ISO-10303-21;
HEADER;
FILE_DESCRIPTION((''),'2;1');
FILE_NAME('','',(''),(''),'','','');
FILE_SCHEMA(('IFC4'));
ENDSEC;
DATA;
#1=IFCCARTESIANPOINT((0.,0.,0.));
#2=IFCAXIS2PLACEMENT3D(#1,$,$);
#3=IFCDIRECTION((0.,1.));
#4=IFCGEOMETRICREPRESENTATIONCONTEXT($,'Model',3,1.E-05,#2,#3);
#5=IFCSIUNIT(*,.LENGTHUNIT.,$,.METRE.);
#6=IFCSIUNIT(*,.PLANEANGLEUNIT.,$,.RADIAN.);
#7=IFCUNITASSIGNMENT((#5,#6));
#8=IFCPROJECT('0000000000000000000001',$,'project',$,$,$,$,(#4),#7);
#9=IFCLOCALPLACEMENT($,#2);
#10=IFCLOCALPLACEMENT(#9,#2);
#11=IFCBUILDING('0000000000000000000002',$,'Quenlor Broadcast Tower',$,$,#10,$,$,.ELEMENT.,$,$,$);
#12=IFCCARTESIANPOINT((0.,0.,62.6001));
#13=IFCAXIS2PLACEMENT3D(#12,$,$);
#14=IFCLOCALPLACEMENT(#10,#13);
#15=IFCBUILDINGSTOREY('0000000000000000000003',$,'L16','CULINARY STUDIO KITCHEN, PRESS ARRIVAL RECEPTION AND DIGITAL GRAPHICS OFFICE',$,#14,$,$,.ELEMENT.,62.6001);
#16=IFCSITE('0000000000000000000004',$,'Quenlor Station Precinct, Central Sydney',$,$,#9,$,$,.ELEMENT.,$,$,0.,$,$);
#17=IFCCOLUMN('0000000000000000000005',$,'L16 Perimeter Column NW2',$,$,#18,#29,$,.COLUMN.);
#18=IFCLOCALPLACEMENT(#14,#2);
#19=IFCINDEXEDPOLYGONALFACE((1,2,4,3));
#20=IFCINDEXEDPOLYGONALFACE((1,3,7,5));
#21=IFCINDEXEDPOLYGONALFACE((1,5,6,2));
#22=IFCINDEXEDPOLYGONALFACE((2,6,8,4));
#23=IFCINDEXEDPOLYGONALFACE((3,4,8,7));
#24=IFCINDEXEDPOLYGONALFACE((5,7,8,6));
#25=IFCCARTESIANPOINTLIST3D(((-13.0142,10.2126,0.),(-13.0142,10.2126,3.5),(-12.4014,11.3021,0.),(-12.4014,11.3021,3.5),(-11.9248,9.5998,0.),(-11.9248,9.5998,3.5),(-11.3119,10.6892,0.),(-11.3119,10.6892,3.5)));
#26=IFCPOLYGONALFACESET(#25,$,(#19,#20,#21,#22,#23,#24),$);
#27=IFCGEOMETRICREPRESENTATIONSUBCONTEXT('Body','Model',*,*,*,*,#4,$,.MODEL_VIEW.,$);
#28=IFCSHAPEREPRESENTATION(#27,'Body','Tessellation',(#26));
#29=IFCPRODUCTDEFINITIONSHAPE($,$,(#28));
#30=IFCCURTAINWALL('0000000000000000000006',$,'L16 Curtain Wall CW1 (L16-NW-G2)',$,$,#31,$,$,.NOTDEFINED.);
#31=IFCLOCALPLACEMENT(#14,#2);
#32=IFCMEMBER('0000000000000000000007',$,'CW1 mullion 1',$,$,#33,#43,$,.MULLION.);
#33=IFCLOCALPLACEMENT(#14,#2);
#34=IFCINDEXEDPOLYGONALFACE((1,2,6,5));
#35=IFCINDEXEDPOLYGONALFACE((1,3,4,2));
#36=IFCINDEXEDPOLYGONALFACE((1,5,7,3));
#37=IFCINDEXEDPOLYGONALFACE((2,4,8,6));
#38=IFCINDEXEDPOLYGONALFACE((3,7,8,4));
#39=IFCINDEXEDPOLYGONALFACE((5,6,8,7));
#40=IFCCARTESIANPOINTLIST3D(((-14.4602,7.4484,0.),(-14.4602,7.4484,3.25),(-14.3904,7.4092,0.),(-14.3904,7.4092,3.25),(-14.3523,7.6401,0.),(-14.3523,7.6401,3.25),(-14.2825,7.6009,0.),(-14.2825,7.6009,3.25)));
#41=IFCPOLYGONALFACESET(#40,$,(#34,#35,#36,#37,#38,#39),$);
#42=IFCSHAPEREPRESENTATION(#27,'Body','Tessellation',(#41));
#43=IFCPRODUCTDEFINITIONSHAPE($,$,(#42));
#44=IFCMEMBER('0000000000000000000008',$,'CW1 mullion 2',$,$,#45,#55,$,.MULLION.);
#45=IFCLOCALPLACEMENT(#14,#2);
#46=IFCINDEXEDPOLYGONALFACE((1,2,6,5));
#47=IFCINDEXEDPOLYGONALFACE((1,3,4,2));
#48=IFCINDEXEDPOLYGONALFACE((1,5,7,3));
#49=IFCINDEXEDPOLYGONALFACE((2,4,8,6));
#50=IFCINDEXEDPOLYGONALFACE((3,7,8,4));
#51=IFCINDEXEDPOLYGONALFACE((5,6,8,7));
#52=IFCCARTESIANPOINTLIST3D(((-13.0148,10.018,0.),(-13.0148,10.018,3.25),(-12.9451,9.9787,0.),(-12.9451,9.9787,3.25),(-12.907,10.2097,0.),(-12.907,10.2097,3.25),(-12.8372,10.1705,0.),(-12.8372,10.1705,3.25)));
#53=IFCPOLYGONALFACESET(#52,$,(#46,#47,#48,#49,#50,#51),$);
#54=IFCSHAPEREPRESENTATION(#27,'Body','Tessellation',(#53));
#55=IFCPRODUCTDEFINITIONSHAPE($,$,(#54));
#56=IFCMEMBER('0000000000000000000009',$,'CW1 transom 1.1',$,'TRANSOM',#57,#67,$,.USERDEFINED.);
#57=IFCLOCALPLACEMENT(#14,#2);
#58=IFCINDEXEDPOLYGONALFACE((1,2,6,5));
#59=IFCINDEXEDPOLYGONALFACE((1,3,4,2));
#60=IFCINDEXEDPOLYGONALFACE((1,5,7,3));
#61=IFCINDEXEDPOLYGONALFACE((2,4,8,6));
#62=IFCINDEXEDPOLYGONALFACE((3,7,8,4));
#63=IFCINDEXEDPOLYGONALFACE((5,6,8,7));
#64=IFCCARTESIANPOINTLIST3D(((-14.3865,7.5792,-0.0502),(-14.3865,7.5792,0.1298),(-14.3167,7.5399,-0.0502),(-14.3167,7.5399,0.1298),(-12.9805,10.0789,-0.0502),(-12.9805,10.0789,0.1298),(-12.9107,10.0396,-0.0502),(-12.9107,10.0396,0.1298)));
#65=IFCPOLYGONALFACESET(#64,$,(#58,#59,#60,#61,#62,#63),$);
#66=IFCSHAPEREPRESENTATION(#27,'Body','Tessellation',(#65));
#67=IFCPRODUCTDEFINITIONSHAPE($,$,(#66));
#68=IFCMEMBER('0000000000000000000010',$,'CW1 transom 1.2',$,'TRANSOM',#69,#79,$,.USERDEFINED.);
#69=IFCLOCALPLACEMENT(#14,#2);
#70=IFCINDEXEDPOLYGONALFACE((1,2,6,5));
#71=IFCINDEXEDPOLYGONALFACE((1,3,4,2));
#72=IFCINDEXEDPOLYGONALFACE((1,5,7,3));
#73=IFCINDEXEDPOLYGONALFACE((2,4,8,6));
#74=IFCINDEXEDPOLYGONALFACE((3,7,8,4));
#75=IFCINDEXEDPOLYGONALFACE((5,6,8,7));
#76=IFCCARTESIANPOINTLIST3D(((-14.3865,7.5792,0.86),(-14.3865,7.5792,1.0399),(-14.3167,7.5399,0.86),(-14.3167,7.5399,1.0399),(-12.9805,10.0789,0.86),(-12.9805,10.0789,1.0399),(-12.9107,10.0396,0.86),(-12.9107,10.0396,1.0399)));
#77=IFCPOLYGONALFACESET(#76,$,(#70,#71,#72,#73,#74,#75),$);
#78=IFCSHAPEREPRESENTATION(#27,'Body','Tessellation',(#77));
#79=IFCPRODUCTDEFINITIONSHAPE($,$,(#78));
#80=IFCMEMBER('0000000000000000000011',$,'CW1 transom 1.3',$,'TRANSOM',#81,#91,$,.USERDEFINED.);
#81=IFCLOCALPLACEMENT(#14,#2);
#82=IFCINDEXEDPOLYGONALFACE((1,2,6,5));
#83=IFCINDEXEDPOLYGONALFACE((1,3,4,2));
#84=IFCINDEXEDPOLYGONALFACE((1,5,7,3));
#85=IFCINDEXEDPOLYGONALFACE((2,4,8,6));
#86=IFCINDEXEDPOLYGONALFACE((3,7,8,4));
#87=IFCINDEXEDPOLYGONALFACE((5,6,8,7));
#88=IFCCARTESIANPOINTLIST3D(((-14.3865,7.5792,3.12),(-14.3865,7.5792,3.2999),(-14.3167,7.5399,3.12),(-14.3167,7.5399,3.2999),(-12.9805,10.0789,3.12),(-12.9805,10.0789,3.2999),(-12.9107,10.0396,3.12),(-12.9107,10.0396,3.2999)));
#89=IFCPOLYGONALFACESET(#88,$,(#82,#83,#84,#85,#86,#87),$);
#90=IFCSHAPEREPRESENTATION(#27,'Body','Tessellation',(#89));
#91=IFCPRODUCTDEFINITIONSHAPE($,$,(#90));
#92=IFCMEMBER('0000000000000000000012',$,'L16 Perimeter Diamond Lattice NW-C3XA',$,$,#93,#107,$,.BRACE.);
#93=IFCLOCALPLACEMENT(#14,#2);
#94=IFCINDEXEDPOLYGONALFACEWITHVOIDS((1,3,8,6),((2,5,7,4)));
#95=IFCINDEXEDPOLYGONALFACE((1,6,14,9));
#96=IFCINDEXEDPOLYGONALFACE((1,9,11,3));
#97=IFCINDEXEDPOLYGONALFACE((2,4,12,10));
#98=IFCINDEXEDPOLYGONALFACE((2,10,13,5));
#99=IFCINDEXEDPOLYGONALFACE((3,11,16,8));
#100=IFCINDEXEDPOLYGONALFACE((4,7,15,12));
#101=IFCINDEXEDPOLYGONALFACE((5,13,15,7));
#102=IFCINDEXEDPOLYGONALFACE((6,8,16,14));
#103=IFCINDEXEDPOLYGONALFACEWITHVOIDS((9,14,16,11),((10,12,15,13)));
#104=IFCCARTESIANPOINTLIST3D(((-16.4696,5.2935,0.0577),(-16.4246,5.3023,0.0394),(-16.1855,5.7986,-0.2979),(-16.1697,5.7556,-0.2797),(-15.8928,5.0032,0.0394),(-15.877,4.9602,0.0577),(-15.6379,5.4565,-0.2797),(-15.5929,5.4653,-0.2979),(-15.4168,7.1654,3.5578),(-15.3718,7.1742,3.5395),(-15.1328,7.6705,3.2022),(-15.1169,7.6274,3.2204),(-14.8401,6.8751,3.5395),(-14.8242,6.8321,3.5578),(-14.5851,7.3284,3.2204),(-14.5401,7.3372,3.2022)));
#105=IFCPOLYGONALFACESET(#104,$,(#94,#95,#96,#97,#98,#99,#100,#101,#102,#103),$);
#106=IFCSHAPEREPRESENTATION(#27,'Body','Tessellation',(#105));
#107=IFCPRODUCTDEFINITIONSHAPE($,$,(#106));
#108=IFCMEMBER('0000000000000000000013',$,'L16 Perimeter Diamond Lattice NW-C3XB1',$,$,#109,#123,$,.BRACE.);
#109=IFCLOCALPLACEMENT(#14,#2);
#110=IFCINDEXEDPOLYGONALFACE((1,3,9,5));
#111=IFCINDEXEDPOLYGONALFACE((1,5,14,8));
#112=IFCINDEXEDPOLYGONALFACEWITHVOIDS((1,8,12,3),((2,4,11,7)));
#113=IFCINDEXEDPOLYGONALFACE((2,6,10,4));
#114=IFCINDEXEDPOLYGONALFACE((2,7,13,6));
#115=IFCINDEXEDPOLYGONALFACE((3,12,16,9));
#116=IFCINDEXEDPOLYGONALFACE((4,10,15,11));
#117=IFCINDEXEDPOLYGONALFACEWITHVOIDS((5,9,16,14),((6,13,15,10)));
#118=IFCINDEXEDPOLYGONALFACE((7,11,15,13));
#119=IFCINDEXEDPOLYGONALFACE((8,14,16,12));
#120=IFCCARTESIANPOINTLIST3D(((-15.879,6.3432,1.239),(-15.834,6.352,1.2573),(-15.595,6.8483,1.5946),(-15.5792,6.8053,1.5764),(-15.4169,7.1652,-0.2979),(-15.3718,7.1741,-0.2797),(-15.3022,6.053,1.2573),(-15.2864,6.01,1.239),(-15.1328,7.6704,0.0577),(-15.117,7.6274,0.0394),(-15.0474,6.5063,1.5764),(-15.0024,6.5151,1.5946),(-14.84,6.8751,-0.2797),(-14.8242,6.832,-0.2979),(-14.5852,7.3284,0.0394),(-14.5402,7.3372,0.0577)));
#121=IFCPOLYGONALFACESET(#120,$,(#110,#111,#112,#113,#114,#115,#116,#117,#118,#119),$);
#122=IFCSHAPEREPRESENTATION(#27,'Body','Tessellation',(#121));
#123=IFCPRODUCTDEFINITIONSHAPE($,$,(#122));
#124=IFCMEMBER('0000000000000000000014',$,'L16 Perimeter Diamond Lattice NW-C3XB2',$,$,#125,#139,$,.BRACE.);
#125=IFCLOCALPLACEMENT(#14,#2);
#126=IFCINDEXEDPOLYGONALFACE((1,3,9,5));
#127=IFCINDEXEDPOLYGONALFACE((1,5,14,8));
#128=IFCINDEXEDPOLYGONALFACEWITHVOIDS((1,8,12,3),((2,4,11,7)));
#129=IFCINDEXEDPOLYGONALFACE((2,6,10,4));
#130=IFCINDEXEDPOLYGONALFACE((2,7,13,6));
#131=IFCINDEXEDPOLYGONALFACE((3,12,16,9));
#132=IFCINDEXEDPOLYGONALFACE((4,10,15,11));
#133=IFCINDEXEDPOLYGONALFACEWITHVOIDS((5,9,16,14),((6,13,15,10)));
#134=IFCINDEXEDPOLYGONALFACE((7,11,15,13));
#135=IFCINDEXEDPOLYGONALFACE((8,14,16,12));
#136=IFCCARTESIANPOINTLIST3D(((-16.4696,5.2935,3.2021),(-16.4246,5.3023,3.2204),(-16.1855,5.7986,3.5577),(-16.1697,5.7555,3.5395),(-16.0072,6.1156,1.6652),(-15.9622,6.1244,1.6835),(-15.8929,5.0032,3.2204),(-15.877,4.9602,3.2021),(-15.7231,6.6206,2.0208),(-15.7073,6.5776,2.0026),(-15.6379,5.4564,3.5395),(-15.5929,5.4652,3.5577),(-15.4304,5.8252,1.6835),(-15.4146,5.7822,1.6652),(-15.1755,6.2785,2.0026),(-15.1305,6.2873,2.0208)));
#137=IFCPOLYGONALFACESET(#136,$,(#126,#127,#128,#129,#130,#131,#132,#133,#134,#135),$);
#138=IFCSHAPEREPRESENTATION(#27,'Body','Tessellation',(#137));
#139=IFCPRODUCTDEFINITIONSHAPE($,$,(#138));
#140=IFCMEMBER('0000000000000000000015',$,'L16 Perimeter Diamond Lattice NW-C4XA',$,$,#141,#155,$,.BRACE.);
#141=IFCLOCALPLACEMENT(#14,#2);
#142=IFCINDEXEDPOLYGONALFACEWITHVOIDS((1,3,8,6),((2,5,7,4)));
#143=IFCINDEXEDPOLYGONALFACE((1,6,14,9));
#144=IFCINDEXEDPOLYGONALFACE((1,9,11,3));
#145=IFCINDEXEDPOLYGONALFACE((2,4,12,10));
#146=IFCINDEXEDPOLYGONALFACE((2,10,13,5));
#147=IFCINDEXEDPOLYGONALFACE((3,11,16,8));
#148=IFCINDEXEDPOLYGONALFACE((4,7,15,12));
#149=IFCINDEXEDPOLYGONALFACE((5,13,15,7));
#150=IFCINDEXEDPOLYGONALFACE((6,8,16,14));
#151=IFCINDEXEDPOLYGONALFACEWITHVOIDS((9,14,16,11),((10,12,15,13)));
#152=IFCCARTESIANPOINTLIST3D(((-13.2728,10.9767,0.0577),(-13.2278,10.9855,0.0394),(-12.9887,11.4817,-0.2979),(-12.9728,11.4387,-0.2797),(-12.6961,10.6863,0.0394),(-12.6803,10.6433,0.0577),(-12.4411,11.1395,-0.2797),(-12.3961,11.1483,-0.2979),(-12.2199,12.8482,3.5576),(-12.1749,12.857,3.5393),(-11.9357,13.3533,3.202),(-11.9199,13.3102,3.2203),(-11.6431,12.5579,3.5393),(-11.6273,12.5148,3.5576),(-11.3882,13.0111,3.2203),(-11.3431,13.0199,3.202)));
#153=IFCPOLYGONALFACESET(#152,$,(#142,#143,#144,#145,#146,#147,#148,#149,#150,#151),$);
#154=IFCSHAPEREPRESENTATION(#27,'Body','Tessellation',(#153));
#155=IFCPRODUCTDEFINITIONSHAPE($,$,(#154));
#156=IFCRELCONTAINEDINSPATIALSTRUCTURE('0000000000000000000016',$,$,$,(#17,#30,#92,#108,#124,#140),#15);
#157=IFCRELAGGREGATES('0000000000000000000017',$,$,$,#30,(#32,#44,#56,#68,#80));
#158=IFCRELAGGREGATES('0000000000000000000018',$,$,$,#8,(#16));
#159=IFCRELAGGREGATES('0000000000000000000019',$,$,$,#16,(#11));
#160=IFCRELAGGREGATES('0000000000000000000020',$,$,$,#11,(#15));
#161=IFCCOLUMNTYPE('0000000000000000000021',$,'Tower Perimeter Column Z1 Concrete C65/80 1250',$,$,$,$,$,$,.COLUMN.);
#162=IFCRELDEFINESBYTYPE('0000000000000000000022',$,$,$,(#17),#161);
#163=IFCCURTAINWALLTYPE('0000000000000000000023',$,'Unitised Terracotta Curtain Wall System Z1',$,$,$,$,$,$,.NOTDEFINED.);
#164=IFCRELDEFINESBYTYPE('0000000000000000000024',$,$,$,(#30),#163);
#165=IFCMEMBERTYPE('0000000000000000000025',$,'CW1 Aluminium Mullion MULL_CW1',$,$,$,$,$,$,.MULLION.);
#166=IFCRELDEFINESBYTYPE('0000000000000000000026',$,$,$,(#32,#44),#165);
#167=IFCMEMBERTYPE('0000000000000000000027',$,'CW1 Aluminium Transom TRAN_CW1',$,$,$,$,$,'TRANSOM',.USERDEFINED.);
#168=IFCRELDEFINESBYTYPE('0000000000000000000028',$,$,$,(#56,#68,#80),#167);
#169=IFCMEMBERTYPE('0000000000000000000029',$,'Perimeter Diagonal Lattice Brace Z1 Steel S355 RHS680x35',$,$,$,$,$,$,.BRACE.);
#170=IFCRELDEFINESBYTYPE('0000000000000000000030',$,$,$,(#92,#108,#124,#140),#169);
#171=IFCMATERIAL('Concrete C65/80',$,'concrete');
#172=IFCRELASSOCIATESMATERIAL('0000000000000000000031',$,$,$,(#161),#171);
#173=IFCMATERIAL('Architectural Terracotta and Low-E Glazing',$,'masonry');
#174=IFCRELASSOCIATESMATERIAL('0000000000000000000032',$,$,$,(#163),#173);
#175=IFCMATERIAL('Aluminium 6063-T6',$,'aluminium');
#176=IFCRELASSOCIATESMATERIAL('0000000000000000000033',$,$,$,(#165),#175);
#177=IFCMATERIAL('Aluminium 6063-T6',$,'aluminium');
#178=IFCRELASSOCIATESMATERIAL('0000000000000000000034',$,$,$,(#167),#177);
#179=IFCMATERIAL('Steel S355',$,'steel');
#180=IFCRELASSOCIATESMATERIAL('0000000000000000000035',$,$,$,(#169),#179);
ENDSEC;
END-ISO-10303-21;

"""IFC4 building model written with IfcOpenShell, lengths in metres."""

from ifc_helpers import new_model, si_unit, direction, frame, origin, origin_2d, place, context, subcontext, project, spatial, rectangle, hollow_rectangle, extrude, material, material_profile, profile_set, type_object, element, aggregate, save


model = new_model("IFC4")

# Units and contexts
model_context = context("Model", 3, precision=1e-05, world=origin(), true_north=direction((0.0, 1.0)))
body_context = subcontext(model_context, "Body", "Model", "MODEL_VIEW")
ifc_project = project(units=[si_unit("LENGTHUNIT", "METRE"), si_unit("PLANEANGLEUNIT", "RADIAN")], contexts=[model_context])

# Site, building, storey
site_placement = place(None, origin())
site = spatial("IfcSite", under=ifc_project, at=site_placement, Name="Quenlor Station Precinct, Central Sydney", CompositionType="ELEMENT", RefElevation=0.0)
building_placement = place(site_placement, origin())
building = spatial("IfcBuilding", under=site, at=building_placement, Name="Quenlor Broadcast Tower", CompositionType="ELEMENT")
storey_placement = place(building_placement, frame((0.0, 0.0, 62.6001)))
storey = spatial("IfcBuildingStorey", under=building, at=storey_placement, Name="L16", Description="CULINARY STUDIO KITCHEN, PRESS ARRIVAL RECEPTION AND DIGITAL GRAPHICS OFFICE", CompositionType="ELEMENT", Elevation=62.6001)

# Column
ifc_material_1 = material(Name="Concrete C65/80", Category="concrete")
ifc_material_profile_1 = material_profile(ifc_material_1, rectangle(XDim=1.25, YDim=1.25, at=origin_2d()))
ifc_profile_set_1 = profile_set([ifc_material_profile_1], Name="Concrete C65/80 RC1250x1250")
column_type = type_object("IfcColumnType", Name="Tower Perimeter Column Z1 Concrete C65/80 1250", PredefinedType="COLUMN", material=ifc_profile_set_1)
column_placement = place(storey_placement, frame((-12.1631, 10.4509, 0.0), z_axis=(0.0, 0.0, 1.0), x_axis=(-0.871575, 0.490262, 0.0)))
element("IfcColumn", 1, at=column_placement, inside=storey, type_object=column_type, Name="L16 Perimeter Column NW2", PredefinedType="COLUMN", context=body_context, shape_type="SweptSolid", body=[
    extrude(rectangle(XDim=1.25, YDim=1.25, at=origin_2d()), origin(), (0.0, 0.0, 1.0), 3.5),
])

# Curtain wall, members
ifc_material_2 = material(Name="Architectural Terracotta and Low-E Glazing", Category="masonry")
curtain_wall_type = type_object("IfcCurtainWallType", Name="Unitised Terracotta Curtain Wall System Z1", PredefinedType="NOTDEFINED", material=ifc_material_2)
curtain_wall_placement = place(storey_placement, origin())
curtain_wall = element("IfcCurtainWall", 2, at=curtain_wall_placement, inside=storey, type_object=curtain_wall_type, Name="L16 Curtain Wall CW1 (L16-NW-G2)", PredefinedType="NOTDEFINED")
ifc_material_3 = material(Name="Aluminium 6063-T6", Category="aluminium")
ifc_material_profile_2 = material_profile(ifc_material_3, rectangle(XDim=0.0801, YDim=0.22, at=origin_2d()))
ifc_profile_set_2 = profile_set([ifc_material_profile_2], Name="Aluminium 6063-T6 MULL80x220")
member_type_1 = type_object("IfcMemberType", Name="CW1 Aluminium Mullion MULL_CW1", PredefinedType="MULLION", material=ifc_profile_set_2)
member_1_placement = place(storey_placement, frame((-14.3713, 7.5247, 0.0), z_axis=(0.0, 0.0, 1.0), x_axis=(-0.871568, 0.490274, 0.0)))
member_1 = element("IfcMember", 3, at=member_1_placement, type_object=member_type_1, Name="CW1 mullion 1", PredefinedType="MULLION", context=body_context, shape_type="SweptSolid", body=[
    extrude(rectangle(XDim=0.0801, YDim=0.22, at=origin_2d()), origin(), (0.0, 0.0, 1.0), 3.25),
])
member_2_placement = place(storey_placement, frame((-12.926, 10.0942, 0.0), z_axis=(0.0, 0.0, 1.0), x_axis=(-0.871568, 0.490274, 0.0)))
member_2 = element("IfcMember", 4, at=member_2_placement, type_object=member_type_1, Name="CW1 mullion 2", PredefinedType="MULLION", context=body_context, shape_type="SweptSolid", body=[
    extrude(rectangle(XDim=0.0801, YDim=0.22, at=origin_2d()), origin(), (0.0, 0.0, 1.0), 3.25),
])
ifc_material_4 = material(Name="Aluminium 6063-T6", Category="aluminium")
ifc_material_profile_3 = material_profile(ifc_material_4, rectangle(XDim=0.0801, YDim=0.1799, at=origin_2d()))
ifc_profile_set_3 = profile_set([ifc_material_profile_3], Name="Aluminium 6063-T6 TRAN80x180")
member_type_2 = type_object("IfcMemberType", Name="CW1 Aluminium Transom TRAN_CW1", ElementType="TRANSOM", PredefinedType="USERDEFINED", material=ifc_profile_set_3)
member_3_placement = place(storey_placement, frame((-14.3516, 7.5596, 0.0398), z_axis=(0.490233, 0.871591, 0.0), x_axis=(-0.871591, 0.490233, 0.0)))
member_3 = element("IfcMember", 5, at=member_3_placement, type_object=member_type_2, Name="CW1 transom 1.1", ObjectType="TRANSOM", PredefinedType="USERDEFINED", context=body_context, shape_type="SweptSolid", body=[
    extrude(rectangle(XDim=0.0801, YDim=0.1799, at=origin_2d()), origin(), (0.0, 0.0, 1.0), 2.8679),
])
member_4_placement = place(storey_placement, frame((-14.3516, 7.5596, 0.95), z_axis=(0.490233, 0.871591, 0.0), x_axis=(-0.871591, 0.490233, 0.0)))
member_4 = element("IfcMember", 6, at=member_4_placement, type_object=member_type_2, Name="CW1 transom 1.2", ObjectType="TRANSOM", PredefinedType="USERDEFINED", context=body_context, shape_type="SweptSolid", body=[
    extrude(rectangle(XDim=0.0801, YDim=0.1799, at=origin_2d()), origin(), (0.0, 0.0, 1.0), 2.8679),
])
member_5_placement = place(storey_placement, frame((-14.3516, 7.5596, 3.21), z_axis=(0.490233, 0.871591, 0.0), x_axis=(-0.871591, 0.490233, 0.0)))
member_5 = element("IfcMember", 7, at=member_5_placement, type_object=member_type_2, Name="CW1 transom 1.3", ObjectType="TRANSOM", PredefinedType="USERDEFINED", context=body_context, shape_type="SweptSolid", body=[
    extrude(rectangle(XDim=0.0801, YDim=0.1799, at=origin_2d()), origin(), (0.0, 0.0, 1.0), 2.8679),
])

# Members
ifc_material_5 = material(Name="Steel S355", Category="steel")
ifc_material_profile_4 = material_profile(ifc_material_5, hollow_rectangle(XDim=0.6799, YDim=0.6799, WallThickness=0.0349, at=origin_2d()))
ifc_profile_set_4 = profile_set([ifc_material_profile_4], Name="Steel S355 RHS680x680x35")
member_type_3 = type_object("IfcMemberType", Name="Perimeter Diagonal Lattice Brace Z1 Steel S355 RHS680x35", PredefinedType="BRACE", material=ifc_profile_set_4)
member_6_placement = place(storey_placement, frame((-16.0312, 5.3794, -0.1201), z_axis=(0.256368, 0.455839, 0.852342), x_axis=(-0.871609, 0.490202, 0.0)))
element("IfcMember", 8, at=member_6_placement, inside=storey, type_object=member_type_3, Name="L16 Perimeter Diamond Lattice NW-C3XA", PredefinedType="BRACE", context=body_context, shape_type="SweptSolid", body=[
    extrude(hollow_rectangle(XDim=0.6799, YDim=0.6799, WallThickness=0.0349, at=origin_2d()), origin(), (0.0, 0.0, 1.0), 4.1064),
])
for number, where, z_axis, x_axis, name in (
    (9, (-14.9785, 7.2512, -0.1201), (-0.256309, -0.455887, 0.852334), (0.871679, -0.490077, 0.0), "L16 Perimeter Diamond Lattice NW-C3XB1"),
    (10, (-15.5688, 6.2014, 1.843), (-0.256436, -0.455871, 0.852304), (0.871569, -0.490274, 0.0), "L16 Perimeter Diamond Lattice NW-C3XB2"),
):
    element("IfcMember", number, at=place(storey_placement, frame(where, z_axis=z_axis, x_axis=x_axis)), inside=storey, type_object=member_type_3, Name=name, PredefinedType="BRACE", context=body_context, shape_type="SweptSolid", body=[
        extrude(hollow_rectangle(XDim=0.6799, YDim=0.6799, WallThickness=0.0349, at=origin_2d()), origin(), (0.0, 0.0, 1.0), 1.8032),
    ])
member_7_placement = place(storey_placement, frame((-12.8345, 11.0625, -0.1201), z_axis=(0.256431, 0.455785, 0.852352), x_axis=(-0.871533, 0.490337, 0.0)))
element("IfcMember", 11, at=member_7_placement, inside=storey, type_object=member_type_3, Name="L16 Perimeter Diamond Lattice NW-C4XA", PredefinedType="BRACE", context=body_context, shape_type="SweptSolid", body=[
    extrude(hollow_rectangle(XDim=0.6799, YDim=0.6799, WallThickness=0.0349, at=origin_2d()), origin(), (0.0, 0.0, 1.0), 4.1062),
])

aggregate(curtain_wall, [member_1, member_2, member_3, member_4, member_5])

save(model, "model.ifc")
